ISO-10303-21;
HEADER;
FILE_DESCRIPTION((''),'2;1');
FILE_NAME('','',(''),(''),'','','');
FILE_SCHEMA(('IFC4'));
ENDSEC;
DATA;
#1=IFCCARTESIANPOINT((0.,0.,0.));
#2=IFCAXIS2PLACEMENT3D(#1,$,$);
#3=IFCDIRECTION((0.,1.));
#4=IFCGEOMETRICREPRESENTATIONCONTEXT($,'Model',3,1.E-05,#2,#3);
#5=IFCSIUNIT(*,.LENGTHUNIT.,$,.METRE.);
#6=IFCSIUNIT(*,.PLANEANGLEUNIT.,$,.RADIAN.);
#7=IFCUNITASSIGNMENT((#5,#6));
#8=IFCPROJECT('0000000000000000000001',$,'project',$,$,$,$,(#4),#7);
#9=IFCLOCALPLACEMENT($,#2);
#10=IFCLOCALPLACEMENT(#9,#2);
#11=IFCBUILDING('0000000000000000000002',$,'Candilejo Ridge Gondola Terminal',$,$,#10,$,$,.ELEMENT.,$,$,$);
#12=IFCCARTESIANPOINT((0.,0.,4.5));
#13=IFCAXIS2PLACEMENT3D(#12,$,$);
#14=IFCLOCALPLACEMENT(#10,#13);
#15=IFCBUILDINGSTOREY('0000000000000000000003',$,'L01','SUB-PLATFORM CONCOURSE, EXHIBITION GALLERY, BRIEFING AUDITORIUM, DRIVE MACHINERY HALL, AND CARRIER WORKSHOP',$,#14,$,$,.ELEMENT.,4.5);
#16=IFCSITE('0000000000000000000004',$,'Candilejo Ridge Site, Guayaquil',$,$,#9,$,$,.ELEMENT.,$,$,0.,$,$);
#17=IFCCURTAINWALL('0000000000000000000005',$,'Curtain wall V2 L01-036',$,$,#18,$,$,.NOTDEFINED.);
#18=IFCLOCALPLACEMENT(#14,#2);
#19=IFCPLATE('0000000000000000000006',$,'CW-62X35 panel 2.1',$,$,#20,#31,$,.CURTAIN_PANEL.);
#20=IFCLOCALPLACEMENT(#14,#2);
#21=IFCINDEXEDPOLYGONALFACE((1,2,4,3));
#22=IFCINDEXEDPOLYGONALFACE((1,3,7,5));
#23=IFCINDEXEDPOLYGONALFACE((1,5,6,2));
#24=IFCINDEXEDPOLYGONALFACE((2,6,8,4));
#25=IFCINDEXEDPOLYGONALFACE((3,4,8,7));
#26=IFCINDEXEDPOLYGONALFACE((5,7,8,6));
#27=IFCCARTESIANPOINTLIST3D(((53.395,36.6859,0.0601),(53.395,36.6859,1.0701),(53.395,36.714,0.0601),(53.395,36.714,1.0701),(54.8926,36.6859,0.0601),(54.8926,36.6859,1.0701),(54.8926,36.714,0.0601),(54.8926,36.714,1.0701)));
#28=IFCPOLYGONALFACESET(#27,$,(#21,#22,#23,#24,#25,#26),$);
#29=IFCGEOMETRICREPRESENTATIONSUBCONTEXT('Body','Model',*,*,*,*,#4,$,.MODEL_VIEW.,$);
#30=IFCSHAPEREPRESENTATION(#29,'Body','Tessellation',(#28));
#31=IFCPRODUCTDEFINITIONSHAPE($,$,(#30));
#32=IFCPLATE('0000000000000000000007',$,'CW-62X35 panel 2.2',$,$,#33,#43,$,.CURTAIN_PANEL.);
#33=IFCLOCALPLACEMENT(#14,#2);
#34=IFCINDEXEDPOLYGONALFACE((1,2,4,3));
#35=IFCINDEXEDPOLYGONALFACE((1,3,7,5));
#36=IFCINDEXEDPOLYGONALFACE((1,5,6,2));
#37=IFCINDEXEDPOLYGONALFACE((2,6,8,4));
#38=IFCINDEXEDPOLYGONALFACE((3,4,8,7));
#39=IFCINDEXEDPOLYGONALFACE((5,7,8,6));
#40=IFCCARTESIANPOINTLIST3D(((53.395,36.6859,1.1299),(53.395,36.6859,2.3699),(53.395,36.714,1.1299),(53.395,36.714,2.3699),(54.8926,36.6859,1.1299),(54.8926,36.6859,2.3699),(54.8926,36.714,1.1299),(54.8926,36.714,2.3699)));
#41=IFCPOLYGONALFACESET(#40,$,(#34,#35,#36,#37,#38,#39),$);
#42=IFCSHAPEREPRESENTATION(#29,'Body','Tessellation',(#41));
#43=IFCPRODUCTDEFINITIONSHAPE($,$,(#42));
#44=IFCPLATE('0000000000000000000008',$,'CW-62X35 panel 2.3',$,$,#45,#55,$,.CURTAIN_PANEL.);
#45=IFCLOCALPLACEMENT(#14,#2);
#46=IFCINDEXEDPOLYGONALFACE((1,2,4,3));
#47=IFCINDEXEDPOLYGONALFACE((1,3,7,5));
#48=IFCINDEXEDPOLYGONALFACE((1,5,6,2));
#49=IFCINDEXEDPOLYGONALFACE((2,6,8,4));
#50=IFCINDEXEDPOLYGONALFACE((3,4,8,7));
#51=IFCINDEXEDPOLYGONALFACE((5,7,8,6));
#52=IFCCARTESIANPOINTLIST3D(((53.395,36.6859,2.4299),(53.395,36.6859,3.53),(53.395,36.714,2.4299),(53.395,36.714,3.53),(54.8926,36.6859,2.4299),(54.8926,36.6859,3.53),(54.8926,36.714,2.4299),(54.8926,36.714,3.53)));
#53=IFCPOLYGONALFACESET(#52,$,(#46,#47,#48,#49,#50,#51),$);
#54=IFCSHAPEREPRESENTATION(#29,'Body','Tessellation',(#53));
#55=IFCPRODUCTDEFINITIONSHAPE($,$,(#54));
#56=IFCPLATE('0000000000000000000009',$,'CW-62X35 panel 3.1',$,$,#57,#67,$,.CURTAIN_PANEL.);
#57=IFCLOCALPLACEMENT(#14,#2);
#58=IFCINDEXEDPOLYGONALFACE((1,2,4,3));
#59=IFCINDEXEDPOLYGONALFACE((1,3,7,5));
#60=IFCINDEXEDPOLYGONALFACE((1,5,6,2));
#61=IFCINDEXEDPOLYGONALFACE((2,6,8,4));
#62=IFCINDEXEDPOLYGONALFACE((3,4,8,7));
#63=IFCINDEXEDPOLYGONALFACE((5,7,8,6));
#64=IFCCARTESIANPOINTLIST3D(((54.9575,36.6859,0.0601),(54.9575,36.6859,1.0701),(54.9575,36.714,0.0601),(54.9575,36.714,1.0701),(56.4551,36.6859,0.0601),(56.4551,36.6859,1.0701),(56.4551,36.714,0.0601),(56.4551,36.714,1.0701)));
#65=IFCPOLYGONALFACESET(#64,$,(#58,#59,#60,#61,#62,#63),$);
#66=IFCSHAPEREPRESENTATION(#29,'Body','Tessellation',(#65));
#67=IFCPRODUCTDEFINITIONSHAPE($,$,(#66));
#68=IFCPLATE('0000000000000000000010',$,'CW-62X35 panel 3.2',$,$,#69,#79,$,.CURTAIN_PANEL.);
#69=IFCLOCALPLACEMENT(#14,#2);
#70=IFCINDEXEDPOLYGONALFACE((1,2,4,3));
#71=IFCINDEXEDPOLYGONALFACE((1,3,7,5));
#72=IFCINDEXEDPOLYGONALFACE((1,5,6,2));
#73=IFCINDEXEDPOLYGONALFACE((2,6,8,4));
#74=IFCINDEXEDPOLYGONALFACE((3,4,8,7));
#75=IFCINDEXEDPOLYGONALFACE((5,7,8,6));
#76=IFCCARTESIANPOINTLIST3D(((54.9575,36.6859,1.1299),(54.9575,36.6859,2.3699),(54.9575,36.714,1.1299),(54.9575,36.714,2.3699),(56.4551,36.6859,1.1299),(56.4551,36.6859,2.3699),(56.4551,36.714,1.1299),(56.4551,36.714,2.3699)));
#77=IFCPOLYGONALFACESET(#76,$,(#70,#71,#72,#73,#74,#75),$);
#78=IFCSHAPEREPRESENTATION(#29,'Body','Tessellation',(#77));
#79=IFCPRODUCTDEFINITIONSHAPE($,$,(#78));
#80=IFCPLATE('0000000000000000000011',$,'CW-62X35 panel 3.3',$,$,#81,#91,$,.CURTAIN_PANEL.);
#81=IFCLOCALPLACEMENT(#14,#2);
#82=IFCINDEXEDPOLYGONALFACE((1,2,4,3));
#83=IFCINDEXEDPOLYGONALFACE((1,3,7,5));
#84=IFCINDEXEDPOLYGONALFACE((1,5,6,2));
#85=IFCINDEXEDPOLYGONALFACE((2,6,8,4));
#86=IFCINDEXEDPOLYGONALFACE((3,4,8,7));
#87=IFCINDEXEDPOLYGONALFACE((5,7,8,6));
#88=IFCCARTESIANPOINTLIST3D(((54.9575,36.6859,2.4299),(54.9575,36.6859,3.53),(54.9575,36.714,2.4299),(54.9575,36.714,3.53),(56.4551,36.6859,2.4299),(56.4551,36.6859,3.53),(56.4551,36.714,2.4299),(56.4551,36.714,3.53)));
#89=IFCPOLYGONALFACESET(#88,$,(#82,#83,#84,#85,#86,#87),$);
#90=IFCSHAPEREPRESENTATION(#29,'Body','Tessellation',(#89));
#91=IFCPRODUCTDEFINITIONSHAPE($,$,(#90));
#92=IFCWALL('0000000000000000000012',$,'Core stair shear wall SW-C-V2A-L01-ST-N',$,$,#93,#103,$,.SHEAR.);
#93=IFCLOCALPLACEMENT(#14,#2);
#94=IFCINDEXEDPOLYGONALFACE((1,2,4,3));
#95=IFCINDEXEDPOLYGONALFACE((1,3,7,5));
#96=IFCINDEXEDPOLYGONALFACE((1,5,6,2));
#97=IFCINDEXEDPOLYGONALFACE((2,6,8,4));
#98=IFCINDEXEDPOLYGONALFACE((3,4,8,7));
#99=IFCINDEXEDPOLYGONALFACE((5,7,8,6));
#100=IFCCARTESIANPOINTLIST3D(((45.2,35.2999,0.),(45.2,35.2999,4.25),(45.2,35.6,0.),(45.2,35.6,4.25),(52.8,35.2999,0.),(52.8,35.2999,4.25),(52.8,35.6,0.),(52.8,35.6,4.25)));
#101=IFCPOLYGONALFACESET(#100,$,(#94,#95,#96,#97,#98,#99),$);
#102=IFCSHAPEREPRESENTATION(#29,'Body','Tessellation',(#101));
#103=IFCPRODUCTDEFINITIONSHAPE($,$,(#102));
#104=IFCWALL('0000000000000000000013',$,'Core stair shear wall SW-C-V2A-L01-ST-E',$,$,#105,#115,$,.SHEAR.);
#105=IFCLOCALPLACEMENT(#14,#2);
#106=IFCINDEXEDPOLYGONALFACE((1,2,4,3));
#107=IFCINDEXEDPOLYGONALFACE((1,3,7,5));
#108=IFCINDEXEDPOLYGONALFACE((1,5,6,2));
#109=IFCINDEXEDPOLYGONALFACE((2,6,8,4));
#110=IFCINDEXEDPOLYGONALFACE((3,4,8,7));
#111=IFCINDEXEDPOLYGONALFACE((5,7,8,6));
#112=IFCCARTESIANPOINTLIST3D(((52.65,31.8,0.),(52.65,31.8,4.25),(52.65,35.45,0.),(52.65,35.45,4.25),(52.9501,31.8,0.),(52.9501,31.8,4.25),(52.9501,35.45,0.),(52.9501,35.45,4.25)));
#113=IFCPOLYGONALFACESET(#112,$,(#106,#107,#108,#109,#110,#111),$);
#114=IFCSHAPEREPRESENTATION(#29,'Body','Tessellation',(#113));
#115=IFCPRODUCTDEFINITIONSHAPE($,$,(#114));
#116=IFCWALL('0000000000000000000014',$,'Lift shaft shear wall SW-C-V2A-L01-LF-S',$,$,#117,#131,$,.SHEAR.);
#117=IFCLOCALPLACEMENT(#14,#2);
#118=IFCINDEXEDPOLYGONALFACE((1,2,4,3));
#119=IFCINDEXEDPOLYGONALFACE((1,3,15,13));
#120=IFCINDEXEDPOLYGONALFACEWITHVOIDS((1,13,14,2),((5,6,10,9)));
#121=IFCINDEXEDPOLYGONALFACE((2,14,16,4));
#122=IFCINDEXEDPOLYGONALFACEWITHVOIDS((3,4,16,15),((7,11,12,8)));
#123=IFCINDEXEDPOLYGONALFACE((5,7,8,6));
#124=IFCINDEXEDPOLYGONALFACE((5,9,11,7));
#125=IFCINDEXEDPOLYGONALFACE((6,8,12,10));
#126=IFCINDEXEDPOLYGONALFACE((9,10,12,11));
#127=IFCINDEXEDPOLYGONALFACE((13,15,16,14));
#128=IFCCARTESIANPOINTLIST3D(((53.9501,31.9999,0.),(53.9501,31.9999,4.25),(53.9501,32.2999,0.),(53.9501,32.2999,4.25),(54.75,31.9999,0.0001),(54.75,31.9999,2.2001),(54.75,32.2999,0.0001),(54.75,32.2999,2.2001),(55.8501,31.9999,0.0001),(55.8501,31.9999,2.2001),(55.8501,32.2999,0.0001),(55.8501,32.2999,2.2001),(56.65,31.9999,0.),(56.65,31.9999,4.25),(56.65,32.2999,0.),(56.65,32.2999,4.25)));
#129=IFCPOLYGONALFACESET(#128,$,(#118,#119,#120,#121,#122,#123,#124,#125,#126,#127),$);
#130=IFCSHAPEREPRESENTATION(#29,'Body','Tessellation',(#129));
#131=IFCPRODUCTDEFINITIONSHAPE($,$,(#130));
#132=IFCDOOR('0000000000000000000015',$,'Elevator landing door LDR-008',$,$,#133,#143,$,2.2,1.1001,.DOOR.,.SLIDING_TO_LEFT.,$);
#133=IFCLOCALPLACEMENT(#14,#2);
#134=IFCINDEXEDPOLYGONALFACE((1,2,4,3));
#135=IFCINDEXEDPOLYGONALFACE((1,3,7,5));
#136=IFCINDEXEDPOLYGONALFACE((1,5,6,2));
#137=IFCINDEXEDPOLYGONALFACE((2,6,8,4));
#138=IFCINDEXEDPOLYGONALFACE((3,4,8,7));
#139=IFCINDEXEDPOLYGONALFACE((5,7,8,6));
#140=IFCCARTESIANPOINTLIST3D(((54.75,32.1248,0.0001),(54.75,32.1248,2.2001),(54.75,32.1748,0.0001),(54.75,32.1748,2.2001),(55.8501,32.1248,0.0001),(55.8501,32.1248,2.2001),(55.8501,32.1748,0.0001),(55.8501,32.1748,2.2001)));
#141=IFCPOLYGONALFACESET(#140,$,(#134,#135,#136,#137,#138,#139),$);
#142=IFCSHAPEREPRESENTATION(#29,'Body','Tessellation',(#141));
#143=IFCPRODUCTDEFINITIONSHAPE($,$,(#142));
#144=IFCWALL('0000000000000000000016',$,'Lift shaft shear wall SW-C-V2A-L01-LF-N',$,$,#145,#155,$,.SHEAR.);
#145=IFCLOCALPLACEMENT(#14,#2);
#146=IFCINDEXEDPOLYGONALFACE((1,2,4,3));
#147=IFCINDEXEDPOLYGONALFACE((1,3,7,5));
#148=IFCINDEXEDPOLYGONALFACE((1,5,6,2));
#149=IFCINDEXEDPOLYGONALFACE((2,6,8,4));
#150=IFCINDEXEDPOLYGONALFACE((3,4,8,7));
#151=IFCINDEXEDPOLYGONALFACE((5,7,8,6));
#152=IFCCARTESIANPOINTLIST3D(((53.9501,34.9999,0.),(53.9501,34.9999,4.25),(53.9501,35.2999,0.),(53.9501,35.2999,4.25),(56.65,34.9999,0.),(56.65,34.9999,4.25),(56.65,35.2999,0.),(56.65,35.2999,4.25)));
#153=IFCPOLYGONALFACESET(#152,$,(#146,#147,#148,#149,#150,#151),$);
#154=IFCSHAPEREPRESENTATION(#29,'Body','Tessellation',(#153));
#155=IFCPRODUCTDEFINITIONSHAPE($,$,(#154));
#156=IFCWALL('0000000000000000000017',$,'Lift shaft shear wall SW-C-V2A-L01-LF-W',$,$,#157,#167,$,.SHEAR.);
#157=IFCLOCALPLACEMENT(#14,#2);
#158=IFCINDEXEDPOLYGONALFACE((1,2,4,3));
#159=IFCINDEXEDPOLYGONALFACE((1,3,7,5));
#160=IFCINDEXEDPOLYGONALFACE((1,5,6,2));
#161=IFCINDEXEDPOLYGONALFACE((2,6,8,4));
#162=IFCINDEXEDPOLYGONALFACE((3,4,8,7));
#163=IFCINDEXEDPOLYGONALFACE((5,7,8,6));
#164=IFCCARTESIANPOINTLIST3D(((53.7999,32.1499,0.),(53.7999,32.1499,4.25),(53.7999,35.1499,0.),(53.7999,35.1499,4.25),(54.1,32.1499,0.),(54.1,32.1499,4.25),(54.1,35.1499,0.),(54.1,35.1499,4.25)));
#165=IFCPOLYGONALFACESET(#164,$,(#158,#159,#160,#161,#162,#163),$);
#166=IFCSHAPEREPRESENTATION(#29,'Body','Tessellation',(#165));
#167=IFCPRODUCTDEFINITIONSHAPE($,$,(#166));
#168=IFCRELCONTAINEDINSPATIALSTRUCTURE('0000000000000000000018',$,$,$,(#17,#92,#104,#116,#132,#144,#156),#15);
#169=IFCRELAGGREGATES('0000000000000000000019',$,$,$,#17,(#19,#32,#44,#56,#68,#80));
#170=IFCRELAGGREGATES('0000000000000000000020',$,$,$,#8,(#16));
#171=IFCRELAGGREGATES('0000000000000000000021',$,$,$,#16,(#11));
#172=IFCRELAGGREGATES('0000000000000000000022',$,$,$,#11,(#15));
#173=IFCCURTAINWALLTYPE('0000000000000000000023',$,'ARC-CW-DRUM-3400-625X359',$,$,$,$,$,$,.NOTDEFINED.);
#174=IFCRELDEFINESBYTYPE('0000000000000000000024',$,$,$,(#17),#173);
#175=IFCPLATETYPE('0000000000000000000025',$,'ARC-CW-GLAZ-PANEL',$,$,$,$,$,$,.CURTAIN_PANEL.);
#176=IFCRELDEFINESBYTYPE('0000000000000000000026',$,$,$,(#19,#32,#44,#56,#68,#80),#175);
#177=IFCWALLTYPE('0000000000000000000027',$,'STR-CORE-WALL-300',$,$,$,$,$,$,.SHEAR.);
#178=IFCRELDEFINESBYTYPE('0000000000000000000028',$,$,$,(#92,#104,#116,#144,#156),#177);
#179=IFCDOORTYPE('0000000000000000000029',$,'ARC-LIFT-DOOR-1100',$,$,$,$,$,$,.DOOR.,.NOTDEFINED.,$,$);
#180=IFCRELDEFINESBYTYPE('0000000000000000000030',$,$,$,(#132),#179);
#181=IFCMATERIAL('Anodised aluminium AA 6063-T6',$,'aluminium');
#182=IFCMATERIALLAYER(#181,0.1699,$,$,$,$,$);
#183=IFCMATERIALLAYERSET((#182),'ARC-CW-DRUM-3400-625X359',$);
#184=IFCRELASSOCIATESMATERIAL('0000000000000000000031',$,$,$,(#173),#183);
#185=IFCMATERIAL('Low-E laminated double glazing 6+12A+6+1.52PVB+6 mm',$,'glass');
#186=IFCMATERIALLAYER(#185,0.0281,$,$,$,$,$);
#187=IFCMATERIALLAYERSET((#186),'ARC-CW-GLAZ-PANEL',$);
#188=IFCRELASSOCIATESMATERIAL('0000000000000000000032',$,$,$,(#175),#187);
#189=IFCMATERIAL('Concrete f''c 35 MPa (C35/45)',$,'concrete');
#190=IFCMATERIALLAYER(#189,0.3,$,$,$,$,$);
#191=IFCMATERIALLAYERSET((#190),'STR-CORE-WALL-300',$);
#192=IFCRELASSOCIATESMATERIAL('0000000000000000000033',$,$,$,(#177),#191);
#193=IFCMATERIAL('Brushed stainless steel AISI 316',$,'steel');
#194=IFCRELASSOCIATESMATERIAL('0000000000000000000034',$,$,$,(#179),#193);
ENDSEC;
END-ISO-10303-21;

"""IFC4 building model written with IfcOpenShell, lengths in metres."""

from ifc_helpers import new_model, si_unit, direction, frame, frame_2d, origin, origin_2d, place, context, subcontext, project, spatial, rectangle, extrude, material, layer, layer_set, type_object, element, fill, aggregate, save


model = new_model("IFC4")

# Units and contexts
model_context = context("Model", 3, precision=1e-05, world=origin(), true_north=direction((0.0, 1.0)))
body_context = subcontext(model_context, "Body", "Model", "MODEL_VIEW")
ifc_project = project(units=[si_unit("LENGTHUNIT", "METRE"), si_unit("PLANEANGLEUNIT", "RADIAN")], contexts=[model_context])

# Site, building, storey
site_placement = place(None, origin())
site = spatial("IfcSite", under=ifc_project, at=site_placement, Name="Candilejo Ridge Site, Guayaquil", CompositionType="ELEMENT", RefElevation=0.0)
building_placement = place(site_placement, origin())
building = spatial("IfcBuilding", under=site, at=building_placement, Name="Candilejo Ridge Gondola Terminal", CompositionType="ELEMENT")
storey_placement = place(building_placement, frame((0.0, 0.0, 4.5)))
storey = spatial("IfcBuildingStorey", under=building, at=storey_placement, Name="L01", Description="SUB-PLATFORM CONCOURSE, EXHIBITION GALLERY, BRIEFING AUDITORIUM, DRIVE MACHINERY HALL, AND CARRIER WORKSHOP", CompositionType="ELEMENT", Elevation=4.5)

# Curtain wall, plates
ifc_material_1 = material(Name="Anodised aluminium AA 6063-T6", Category="aluminium")
ifc_layer_1 = layer(ifc_material_1, 0.1699)
ifc_layer_set_1 = layer_set([ifc_layer_1], Name="ARC-CW-DRUM-3400-625X359")
curtain_wall_type = type_object("IfcCurtainWallType", Name="ARC-CW-DRUM-3400-625X359", PredefinedType="NOTDEFINED", material=ifc_layer_set_1)
curtain_wall_placement = place(storey_placement, origin())
curtain_wall = element("IfcCurtainWall", 1, at=curtain_wall_placement, inside=storey, type_object=curtain_wall_type, Name="Curtain wall V2 L01-036", PredefinedType="NOTDEFINED")
ifc_material_2 = material(Name="Low-E laminated double glazing 6+12A+6+1.52PVB+6 mm", Category="glass")
ifc_layer_2 = layer(ifc_material_2, 0.0281)
ifc_layer_set_2 = layer_set([ifc_layer_2], Name="ARC-CW-GLAZ-PANEL")
plate_type = type_object("IfcPlateType", Name="ARC-CW-GLAZ-PANEL", PredefinedType="CURTAIN_PANEL", material=ifc_layer_set_2)
plate_1_placement = place(storey_placement, frame((54.1438, 36.7, 0.0601), z_axis=(0.0, 0.0, 1.0), x_axis=(1.0, 0.0, 0.0)))
plate_1 = element("IfcPlate", 2, at=plate_1_placement, type_object=plate_type, Name="CW-62X35 panel 2.1", PredefinedType="CURTAIN_PANEL", context=body_context, shape_type="SweptSolid", body=[
    extrude(rectangle(XDim=1.4976, YDim=0.0281, at=origin_2d()), origin(), (0.0, 0.0, 1.0), 1.01),
])
plate_2_placement = place(storey_placement, frame((54.1438, 36.7, 1.1299), z_axis=(0.0, 0.0, 1.0), x_axis=(1.0, 0.0, 0.0)))
plate_2 = element("IfcPlate", 3, at=plate_2_placement, type_object=plate_type, Name="CW-62X35 panel 2.2", PredefinedType="CURTAIN_PANEL", context=body_context, shape_type="SweptSolid", body=[
    extrude(rectangle(XDim=1.4976, YDim=0.0281, at=origin_2d()), origin(), (0.0, 0.0, 1.0), 1.24),
])
plate_3_placement = place(storey_placement, frame((54.1438, 36.7, 2.4299), z_axis=(0.0, 0.0, 1.0), x_axis=(1.0, 0.0, 0.0)))
plate_3 = element("IfcPlate", 4, at=plate_3_placement, type_object=plate_type, Name="CW-62X35 panel 2.3", PredefinedType="CURTAIN_PANEL", context=body_context, shape_type="SweptSolid", body=[
    extrude(rectangle(XDim=1.4976, YDim=0.0281, at=origin_2d()), origin(), (0.0, 0.0, 1.0), 1.1001),
])
plate_4_placement = place(storey_placement, frame((55.7063, 36.7, 0.0601), z_axis=(0.0, 0.0, 1.0), x_axis=(1.0, 0.0, 0.0)))
plate_4 = element("IfcPlate", 5, at=plate_4_placement, type_object=plate_type, Name="CW-62X35 panel 3.1", PredefinedType="CURTAIN_PANEL", context=body_context, shape_type="SweptSolid", body=[
    extrude(rectangle(XDim=1.4976, YDim=0.0281, at=origin_2d()), origin(), (0.0, 0.0, 1.0), 1.01),
])
plate_5_placement = place(storey_placement, frame((55.7063, 36.7, 1.1299), z_axis=(0.0, 0.0, 1.0), x_axis=(1.0, 0.0, 0.0)))
plate_5 = element("IfcPlate", 6, at=plate_5_placement, type_object=plate_type, Name="CW-62X35 panel 3.2", PredefinedType="CURTAIN_PANEL", context=body_context, shape_type="SweptSolid", body=[
    extrude(rectangle(XDim=1.4976, YDim=0.0281, at=origin_2d()), origin(), (0.0, 0.0, 1.0), 1.24),
])
plate_6_placement = place(storey_placement, frame((55.7063, 36.7, 2.4299), z_axis=(0.0, 0.0, 1.0), x_axis=(1.0, 0.0, 0.0)))
plate_6 = element("IfcPlate", 7, at=plate_6_placement, type_object=plate_type, Name="CW-62X35 panel 3.3", PredefinedType="CURTAIN_PANEL", context=body_context, shape_type="SweptSolid", body=[
    extrude(rectangle(XDim=1.4976, YDim=0.0281, at=origin_2d()), origin(), (0.0, 0.0, 1.0), 1.1001),
])
aggregate(curtain_wall, [plate_1, plate_2, plate_3, plate_4, plate_5, plate_6])

# Walls
ifc_material_3 = material(Name="Concrete f'c 35 MPa (C35/45)", Category="concrete")
ifc_layer_3 = layer(ifc_material_3, 0.3)
ifc_layer_set_3 = layer_set([ifc_layer_3], Name="STR-CORE-WALL-300")
wall_type = type_object("IfcWallType", Name="STR-CORE-WALL-300", PredefinedType="SHEAR", material=ifc_layer_set_3)
wall_1_placement = place(storey_placement, frame((52.8, 35.45, 0.0), z_axis=(0.0, 0.0, 1.0), x_axis=(-1.0, 0.0, 0.0)))
element("IfcWall", 8, at=wall_1_placement, inside=storey, type_object=wall_type, Name="Core stair shear wall SW-C-V2A-L01-ST-N", PredefinedType="SHEAR", context=body_context, shape_type="SweptSolid", body=[
    extrude(rectangle(XDim=7.6001, YDim=0.3, at=frame_2d((3.8, 0.0))), origin(), (0.0, 0.0, 1.0), 4.25),
])
wall_2_placement = place(storey_placement, frame((52.8, 31.8, 0.0), z_axis=(0.0, 0.0, 1.0), x_axis=(0.0, 1.0, 0.0)))
element("IfcWall", 9, at=wall_2_placement, inside=storey, type_object=wall_type, Name="Core stair shear wall SW-C-V2A-L01-ST-E", PredefinedType="SHEAR", context=body_context, shape_type="SweptSolid", body=[
    extrude(rectangle(XDim=3.6499, YDim=0.3, at=frame_2d((1.825, 0.0))), origin(), (0.0, 0.0, 1.0), 4.25),
])

# Wall, opening, door
wall_3_placement = place(storey_placement, frame((53.95, 32.1499, 0.0), z_axis=(0.0, 0.0, 1.0), x_axis=(1.0, 0.0, 0.0)))
wall_3 = element("IfcWall", 10, at=wall_3_placement, inside=storey, type_object=wall_type, Name="Lift shaft shear wall SW-C-V2A-L01-LF-S", PredefinedType="SHEAR", context=body_context, shape_type="SweptSolid", body=[
    extrude(rectangle(XDim=2.7, YDim=0.3, at=frame_2d((1.3501, 0.0))), origin(), (0.0, 0.0, 1.0), 4.25),
])
opening_placement = place(wall_3_placement, frame((0.8, 0.0, 0.0)))
opening = element("IfcOpeningElement", 11, at=opening_placement, cuts=wall_3, PredefinedType="OPENING", context=body_context, shape_type="SweptSolid", body=[
    extrude(rectangle(XDim=1.1001, YDim=2.2, at=frame_2d((0.55, 1.1001))), frame((0.0, 0.1599, 0.0), z_axis=(0.0, -1.0, 0.0), x_axis=(1.0, 0.0, 0.0)), (0.0, 0.0, 1.0), 0.3201),
])
ifc_material_4 = material(Name="Brushed stainless steel AISI 316", Category="steel")
door_type = type_object("IfcDoorType", Name="ARC-LIFT-DOOR-1100", OperationType="NOTDEFINED", PredefinedType="DOOR", material=ifc_material_4)
door_placement = place(opening_placement, origin())
door = element("IfcDoor", 12, at=door_placement, inside=storey, type_object=door_type, Name="Elevator landing door LDR-008", OperationType="SLIDING_TO_LEFT", OverallHeight=2.2, OverallWidth=1.1001, PredefinedType="DOOR", context=body_context, shape_type="SweptSolid", body=[
    extrude(rectangle(XDim=1.1001, YDim=2.2, at=frame_2d((0.55, 1.1001))), frame((0.0, 0.0249, 0.0), z_axis=(0.0, -1.0, 0.0), x_axis=(1.0, 0.0, 0.0)), (0.0, 0.0, 1.0), 0.05),
])
fill(opening, door)

# Walls
wall_4_placement = place(storey_placement, frame((53.95, 35.1499, 0.0), z_axis=(0.0, 0.0, 1.0), x_axis=(1.0, 0.0, 0.0)))
element("IfcWall", 13, at=wall_4_placement, inside=storey, type_object=wall_type, Name="Lift shaft shear wall SW-C-V2A-L01-LF-N", PredefinedType="SHEAR", context=body_context, shape_type="SweptSolid", body=[
    extrude(rectangle(XDim=2.7, YDim=0.3, at=frame_2d((1.3501, 0.0))), origin(), (0.0, 0.0, 1.0), 4.25),
])
wall_5_placement = place(storey_placement, frame((53.95, 32.1499, 0.0), z_axis=(0.0, 0.0, 1.0), x_axis=(0.0, 1.0, 0.0)))
element("IfcWall", 14, at=wall_5_placement, inside=storey, type_object=wall_type, Name="Lift shaft shear wall SW-C-V2A-L01-LF-W", PredefinedType="SHEAR", context=body_context, shape_type="SweptSolid", body=[
    extrude(rectangle(XDim=3.0, YDim=0.3, at=frame_2d((1.5, 0.0))), origin(), (0.0, 0.0, 1.0), 4.25),
])

save(model, "model.ifc")
